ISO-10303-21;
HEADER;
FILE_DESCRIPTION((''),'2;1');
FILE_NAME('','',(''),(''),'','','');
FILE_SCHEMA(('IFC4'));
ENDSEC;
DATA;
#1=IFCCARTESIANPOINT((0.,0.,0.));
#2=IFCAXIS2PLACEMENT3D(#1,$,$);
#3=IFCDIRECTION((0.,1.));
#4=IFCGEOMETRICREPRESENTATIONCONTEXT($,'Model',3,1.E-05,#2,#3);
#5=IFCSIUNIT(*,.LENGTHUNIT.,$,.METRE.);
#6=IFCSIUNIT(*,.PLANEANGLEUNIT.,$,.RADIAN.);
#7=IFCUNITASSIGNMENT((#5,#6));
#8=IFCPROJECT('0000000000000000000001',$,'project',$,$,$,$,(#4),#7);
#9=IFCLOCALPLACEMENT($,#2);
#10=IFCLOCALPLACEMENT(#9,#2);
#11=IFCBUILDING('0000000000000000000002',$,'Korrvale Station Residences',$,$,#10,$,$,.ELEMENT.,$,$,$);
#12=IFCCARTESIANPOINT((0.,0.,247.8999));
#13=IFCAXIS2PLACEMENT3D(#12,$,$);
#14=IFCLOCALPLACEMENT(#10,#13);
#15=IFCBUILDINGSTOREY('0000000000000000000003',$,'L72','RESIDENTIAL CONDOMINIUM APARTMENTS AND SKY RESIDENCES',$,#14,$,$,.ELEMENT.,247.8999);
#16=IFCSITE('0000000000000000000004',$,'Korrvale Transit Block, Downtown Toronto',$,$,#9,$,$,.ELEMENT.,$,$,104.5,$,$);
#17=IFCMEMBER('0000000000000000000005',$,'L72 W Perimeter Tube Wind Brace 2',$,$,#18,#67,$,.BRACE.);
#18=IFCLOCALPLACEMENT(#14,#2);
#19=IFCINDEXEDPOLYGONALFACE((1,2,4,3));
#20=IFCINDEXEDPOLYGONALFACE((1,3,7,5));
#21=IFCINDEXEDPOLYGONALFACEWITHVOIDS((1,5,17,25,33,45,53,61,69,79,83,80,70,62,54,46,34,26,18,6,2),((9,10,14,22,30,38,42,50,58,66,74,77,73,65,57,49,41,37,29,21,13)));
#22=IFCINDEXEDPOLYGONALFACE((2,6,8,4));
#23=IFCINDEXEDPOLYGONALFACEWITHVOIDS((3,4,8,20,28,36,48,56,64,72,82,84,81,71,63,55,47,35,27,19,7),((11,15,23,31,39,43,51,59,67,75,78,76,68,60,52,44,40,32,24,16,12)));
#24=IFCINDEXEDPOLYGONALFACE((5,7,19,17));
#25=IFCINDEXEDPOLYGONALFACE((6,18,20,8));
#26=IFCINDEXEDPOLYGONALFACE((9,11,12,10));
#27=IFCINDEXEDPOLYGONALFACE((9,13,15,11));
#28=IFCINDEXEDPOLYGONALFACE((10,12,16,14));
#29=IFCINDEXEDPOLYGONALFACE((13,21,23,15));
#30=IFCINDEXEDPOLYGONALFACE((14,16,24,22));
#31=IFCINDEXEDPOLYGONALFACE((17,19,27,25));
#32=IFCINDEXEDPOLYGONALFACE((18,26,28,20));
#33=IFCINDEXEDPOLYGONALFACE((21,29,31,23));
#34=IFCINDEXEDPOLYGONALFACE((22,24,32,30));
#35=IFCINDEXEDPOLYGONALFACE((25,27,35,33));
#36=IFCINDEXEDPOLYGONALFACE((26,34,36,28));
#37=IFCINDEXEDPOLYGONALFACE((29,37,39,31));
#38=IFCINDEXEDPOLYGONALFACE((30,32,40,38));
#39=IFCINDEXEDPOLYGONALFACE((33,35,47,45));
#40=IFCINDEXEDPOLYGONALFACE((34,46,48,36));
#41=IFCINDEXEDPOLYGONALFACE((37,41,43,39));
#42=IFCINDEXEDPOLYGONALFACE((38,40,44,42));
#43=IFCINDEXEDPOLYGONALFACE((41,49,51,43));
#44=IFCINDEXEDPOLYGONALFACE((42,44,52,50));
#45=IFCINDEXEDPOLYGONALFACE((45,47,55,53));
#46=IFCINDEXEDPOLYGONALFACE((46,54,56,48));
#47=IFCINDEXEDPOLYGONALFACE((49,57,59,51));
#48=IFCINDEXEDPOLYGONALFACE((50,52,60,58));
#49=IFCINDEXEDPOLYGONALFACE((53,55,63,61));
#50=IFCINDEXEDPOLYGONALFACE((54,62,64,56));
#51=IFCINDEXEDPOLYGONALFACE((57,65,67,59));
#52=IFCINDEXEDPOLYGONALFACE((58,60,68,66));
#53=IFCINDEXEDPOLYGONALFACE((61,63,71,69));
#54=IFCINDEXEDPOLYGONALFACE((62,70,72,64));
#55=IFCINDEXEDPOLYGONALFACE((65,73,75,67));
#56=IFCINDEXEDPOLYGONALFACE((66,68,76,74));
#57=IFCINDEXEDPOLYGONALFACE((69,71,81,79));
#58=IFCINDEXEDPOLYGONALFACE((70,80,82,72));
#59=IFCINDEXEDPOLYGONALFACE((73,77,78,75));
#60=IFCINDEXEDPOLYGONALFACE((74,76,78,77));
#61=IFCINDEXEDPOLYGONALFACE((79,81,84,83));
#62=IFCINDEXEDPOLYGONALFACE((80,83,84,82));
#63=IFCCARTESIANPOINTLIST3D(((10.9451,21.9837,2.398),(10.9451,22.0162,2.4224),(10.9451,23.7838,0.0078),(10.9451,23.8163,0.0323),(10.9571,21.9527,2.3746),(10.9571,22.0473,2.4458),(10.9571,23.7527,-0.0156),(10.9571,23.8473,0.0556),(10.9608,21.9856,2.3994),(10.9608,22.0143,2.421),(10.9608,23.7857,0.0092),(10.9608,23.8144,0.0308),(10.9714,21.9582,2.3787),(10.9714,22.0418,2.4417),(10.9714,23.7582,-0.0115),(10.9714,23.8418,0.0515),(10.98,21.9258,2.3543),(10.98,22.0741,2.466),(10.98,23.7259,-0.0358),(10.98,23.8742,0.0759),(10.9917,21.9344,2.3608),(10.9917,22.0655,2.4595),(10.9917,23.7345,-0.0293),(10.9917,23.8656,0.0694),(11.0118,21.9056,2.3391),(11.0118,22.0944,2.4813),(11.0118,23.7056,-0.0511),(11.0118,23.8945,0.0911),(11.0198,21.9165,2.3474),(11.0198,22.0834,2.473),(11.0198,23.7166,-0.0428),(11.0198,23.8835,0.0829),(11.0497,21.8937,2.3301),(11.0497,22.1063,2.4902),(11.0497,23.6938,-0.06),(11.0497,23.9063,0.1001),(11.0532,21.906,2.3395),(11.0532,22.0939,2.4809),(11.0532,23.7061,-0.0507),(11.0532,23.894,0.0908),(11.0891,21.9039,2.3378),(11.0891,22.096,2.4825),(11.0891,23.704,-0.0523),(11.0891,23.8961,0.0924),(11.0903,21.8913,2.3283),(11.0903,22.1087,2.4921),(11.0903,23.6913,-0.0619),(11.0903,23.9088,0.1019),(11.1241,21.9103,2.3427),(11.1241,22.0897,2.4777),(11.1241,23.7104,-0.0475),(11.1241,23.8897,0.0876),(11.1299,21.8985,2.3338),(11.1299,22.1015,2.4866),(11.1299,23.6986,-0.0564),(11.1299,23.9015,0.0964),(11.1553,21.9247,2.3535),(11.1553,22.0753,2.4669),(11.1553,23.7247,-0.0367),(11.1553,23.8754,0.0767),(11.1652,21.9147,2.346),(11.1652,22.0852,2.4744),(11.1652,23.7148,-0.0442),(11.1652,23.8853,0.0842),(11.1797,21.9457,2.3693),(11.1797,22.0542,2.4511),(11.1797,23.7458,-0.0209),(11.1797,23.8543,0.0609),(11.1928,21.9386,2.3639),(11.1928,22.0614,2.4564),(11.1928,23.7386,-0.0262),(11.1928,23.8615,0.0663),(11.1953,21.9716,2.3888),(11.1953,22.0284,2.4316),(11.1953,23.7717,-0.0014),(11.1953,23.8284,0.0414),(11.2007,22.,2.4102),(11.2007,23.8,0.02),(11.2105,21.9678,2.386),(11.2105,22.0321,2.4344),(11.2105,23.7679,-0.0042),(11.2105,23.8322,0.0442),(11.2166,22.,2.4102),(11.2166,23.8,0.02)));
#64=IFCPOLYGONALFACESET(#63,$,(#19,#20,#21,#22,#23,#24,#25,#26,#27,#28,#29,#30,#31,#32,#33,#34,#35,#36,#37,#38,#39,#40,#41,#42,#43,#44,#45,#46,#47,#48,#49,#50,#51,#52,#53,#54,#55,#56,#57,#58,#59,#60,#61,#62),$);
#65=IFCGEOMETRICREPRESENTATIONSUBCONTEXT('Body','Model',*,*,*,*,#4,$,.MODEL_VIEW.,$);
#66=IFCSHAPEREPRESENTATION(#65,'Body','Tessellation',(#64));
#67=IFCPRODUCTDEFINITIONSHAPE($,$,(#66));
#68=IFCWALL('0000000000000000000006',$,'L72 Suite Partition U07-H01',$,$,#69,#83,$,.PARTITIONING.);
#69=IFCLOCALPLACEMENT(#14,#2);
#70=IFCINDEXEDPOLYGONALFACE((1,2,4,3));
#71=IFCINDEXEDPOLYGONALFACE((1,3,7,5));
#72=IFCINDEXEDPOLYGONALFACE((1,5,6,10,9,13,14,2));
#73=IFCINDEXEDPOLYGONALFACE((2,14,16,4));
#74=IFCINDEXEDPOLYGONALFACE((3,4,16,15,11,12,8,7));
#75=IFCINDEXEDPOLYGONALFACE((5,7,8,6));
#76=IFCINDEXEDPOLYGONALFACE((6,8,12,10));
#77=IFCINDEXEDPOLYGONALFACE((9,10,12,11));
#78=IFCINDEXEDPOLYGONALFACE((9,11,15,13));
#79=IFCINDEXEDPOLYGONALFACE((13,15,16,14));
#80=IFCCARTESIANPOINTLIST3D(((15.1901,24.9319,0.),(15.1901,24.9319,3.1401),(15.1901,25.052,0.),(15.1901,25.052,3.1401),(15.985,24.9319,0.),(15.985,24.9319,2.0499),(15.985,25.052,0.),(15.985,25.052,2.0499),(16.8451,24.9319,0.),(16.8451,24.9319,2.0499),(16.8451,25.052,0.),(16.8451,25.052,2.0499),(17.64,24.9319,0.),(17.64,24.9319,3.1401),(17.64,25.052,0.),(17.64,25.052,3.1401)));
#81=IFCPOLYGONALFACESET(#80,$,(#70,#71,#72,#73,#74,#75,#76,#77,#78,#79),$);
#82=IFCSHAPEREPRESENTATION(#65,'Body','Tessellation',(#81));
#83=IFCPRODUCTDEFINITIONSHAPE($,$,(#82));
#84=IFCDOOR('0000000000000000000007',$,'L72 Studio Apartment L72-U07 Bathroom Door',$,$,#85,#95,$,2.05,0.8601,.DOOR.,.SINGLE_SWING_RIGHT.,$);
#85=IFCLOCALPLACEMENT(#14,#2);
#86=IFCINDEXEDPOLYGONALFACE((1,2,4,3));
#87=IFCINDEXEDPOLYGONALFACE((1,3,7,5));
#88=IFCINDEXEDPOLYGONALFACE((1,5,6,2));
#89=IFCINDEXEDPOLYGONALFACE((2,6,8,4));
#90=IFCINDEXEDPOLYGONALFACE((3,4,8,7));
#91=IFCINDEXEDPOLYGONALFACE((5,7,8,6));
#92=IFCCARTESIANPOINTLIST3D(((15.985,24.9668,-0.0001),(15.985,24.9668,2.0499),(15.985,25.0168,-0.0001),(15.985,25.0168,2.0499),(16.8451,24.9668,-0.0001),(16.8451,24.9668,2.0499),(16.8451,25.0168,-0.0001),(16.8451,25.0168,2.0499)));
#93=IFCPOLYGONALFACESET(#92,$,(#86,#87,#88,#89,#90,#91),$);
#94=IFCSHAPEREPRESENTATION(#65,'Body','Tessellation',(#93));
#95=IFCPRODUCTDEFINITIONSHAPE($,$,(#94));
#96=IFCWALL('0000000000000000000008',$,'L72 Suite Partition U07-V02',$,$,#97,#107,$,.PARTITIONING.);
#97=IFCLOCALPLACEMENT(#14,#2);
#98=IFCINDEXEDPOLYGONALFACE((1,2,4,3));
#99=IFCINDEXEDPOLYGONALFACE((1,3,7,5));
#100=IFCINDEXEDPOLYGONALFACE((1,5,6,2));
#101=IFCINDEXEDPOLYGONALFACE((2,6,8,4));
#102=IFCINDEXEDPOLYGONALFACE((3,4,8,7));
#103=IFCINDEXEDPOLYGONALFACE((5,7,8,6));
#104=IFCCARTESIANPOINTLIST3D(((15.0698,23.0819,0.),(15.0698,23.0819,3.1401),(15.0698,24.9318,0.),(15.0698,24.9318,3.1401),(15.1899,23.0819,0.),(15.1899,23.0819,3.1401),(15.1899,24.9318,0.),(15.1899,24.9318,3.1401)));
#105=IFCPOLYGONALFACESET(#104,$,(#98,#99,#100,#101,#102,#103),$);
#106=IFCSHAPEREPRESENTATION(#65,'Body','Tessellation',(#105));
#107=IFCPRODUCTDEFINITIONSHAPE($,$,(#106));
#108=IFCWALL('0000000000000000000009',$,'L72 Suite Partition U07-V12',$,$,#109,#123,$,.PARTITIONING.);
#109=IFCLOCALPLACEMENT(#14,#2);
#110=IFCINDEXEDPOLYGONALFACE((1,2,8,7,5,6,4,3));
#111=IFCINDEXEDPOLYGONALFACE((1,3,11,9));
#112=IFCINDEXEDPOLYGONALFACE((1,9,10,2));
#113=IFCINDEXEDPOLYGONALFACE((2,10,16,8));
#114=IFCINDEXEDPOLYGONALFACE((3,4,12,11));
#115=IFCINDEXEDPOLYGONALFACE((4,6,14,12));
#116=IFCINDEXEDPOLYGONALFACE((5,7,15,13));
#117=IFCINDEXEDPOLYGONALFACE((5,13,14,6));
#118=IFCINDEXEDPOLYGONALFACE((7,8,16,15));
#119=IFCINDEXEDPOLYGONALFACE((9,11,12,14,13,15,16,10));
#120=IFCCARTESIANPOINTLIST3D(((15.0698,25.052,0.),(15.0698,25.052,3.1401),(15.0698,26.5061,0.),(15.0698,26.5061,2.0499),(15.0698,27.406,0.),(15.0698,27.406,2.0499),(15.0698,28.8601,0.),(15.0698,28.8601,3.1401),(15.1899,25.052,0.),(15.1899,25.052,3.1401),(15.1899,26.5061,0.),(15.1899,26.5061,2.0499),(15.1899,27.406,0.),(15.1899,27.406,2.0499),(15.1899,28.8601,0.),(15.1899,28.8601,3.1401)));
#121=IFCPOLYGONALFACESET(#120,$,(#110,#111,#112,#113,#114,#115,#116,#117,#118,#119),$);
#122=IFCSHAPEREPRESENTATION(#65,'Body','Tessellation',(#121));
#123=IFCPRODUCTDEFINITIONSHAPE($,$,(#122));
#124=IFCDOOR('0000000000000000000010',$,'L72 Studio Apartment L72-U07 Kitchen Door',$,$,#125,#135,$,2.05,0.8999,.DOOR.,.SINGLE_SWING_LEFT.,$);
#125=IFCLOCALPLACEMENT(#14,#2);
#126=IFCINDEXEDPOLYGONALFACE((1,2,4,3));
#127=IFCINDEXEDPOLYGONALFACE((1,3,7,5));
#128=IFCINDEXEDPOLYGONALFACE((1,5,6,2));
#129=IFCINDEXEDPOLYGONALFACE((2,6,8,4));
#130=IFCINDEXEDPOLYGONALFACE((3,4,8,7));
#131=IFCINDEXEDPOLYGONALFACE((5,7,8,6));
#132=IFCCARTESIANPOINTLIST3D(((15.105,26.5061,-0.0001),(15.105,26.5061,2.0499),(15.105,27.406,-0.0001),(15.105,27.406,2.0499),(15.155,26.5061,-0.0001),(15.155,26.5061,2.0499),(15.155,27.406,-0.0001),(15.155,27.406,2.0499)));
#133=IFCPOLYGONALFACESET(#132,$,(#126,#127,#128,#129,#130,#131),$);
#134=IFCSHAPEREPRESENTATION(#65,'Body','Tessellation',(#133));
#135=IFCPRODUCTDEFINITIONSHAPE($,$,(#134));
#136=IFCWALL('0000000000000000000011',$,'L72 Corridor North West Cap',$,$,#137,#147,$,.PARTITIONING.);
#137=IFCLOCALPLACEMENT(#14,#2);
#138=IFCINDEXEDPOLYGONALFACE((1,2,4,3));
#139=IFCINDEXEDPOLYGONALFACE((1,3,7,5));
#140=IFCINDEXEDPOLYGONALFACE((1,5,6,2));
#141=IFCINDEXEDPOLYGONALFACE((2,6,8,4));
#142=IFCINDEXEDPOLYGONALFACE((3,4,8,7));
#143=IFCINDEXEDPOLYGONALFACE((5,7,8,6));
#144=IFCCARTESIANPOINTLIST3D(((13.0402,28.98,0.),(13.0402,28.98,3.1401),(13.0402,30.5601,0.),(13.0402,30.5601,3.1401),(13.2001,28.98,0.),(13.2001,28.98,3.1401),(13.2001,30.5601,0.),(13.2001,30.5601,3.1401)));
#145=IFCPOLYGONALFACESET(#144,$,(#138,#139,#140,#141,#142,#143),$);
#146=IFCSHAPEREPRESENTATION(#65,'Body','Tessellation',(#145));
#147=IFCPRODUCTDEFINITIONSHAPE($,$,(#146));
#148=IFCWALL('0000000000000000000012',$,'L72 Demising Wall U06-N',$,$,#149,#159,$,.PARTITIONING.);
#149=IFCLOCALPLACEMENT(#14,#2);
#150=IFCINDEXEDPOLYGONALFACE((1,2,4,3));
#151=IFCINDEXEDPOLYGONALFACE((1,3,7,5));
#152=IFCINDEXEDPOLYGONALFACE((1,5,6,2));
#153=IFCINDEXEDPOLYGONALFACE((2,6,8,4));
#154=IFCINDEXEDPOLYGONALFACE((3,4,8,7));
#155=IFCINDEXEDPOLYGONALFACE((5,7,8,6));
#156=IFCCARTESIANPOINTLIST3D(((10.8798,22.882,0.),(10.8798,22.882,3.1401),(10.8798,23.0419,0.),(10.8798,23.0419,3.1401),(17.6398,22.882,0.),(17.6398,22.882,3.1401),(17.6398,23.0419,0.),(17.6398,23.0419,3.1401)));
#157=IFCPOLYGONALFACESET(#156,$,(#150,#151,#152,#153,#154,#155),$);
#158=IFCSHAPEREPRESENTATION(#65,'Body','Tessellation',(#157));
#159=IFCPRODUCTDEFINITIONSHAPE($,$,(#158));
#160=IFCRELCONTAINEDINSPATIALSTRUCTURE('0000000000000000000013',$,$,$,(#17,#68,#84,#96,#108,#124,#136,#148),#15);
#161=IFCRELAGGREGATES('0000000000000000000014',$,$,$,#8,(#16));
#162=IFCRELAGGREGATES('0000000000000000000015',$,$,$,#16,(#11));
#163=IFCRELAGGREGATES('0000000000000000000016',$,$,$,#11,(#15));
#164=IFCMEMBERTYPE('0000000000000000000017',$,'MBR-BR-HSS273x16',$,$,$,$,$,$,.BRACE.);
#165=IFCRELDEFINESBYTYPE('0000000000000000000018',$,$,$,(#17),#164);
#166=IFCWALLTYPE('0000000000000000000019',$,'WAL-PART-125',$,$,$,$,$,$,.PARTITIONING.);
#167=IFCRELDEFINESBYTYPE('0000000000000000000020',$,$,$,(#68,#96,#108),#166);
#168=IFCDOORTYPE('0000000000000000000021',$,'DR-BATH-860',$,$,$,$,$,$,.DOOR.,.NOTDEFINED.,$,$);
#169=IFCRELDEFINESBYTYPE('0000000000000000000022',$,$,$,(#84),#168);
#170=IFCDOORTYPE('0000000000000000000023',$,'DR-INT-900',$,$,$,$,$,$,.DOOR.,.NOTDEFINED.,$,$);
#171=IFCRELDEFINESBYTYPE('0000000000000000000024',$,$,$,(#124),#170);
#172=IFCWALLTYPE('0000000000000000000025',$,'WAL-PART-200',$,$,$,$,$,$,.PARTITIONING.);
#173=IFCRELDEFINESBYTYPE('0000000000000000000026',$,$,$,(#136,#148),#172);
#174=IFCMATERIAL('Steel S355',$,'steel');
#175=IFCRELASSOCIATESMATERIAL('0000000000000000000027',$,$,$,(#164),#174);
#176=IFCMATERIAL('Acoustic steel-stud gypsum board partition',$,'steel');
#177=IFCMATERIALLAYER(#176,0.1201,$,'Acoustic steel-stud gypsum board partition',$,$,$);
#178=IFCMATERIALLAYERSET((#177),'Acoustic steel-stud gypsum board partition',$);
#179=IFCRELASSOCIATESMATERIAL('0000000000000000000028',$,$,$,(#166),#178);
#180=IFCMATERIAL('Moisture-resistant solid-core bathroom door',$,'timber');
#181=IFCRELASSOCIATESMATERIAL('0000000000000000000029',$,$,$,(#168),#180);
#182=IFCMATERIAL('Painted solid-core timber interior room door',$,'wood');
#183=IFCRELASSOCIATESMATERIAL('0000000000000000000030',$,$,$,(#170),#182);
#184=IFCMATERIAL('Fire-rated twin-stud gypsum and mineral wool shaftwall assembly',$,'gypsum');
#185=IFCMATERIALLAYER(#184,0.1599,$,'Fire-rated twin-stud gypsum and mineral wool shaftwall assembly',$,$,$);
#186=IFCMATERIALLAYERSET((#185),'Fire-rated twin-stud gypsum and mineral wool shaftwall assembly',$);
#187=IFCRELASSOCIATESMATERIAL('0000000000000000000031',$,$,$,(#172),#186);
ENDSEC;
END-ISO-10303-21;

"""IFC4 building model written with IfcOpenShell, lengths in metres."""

from ifc_helpers import new_model, si_unit, direction, frame, frame_2d, origin, origin_2d, place, context, subcontext, project, spatial, rectangle, hollow_circle, extrude, material, layer, layer_set, material_profile, profile_set, type_object, element, fill, save


model = new_model("IFC4")

# Units and contexts
model_context = context("Model", 3, precision=1e-05, world=origin(), true_north=direction((0.0, 1.0)))
body_context = subcontext(model_context, "Body", "Model", "MODEL_VIEW")
ifc_project = project(units=[si_unit("LENGTHUNIT", "METRE"), si_unit("PLANEANGLEUNIT", "RADIAN")], contexts=[model_context])

# Site, building, storey
site_placement = place(None, origin())
site = spatial("IfcSite", under=ifc_project, at=site_placement, Name="Korrvale Transit Block, Downtown Toronto", CompositionType="ELEMENT", RefElevation=104.5)
building_placement = place(site_placement, origin())
building = spatial("IfcBuilding", under=site, at=building_placement, Name="Korrvale Station Residences", CompositionType="ELEMENT")
storey_placement = place(building_placement, frame((0.0, 0.0, 247.8999)))
storey = spatial("IfcBuildingStorey", under=building, at=storey_placement, Name="L72", Description="RESIDENTIAL CONDOMINIUM APARTMENTS AND SKY RESIDENCES", CompositionType="ELEMENT", Elevation=247.8999)

# Shared definitions
ifc_material_1 = material(Name="Steel S355", Category="steel")

# Member
ifc_material_profile_1 = material_profile(ifc_material_1, hollow_circle(Radius=0.1365, WallThickness=0.0159, at=origin_2d()), Name="HSS273x16")
ifc_profile_set_1 = profile_set([ifc_material_profile_1], Name="Steel S355")
member_type = type_object("IfcMemberType", Name="MBR-BR-HSS273x16", PredefinedType="BRACE", material=ifc_profile_set_1)
member_placement = place(storey_placement, frame((11.0801, 23.8, 0.02), z_axis=(0.0, -0.601592, 0.798804), x_axis=(1.0, 0.0, 0.0)))
element("IfcMember", 1, at=member_placement, inside=storey, type_object=member_type, Name="L72 W Perimeter Tube Wind Brace 2", PredefinedType="BRACE", context=body_context, shape_type="SweptSolid", body=[
    extrude(hollow_circle(Radius=0.1365, WallThickness=0.0159, at=origin_2d()), origin(), (0.0, 0.0, 1.0), 2.9922),
])

# Wall, opening, door
ifc_material_2 = material(Name="Acoustic steel-stud gypsum board partition", Category="steel")
ifc_layer_1 = layer(ifc_material_2, 0.1201, Name="Acoustic steel-stud gypsum board partition")
ifc_layer_set_1 = layer_set([ifc_layer_1], Name="Acoustic steel-stud gypsum board partition")
wall_type_1 = type_object("IfcWallType", Name="WAL-PART-125", PredefinedType="PARTITIONING", material=ifc_layer_set_1)
wall_1_placement = place(storey_placement, frame((15.1899, 24.9919, 0.0), z_axis=(0.0, 0.0, 1.0), x_axis=(1.0, 0.0, 0.0)))
wall_1 = element("IfcWall", 2, at=wall_1_placement, inside=storey, type_object=wall_type_1, Name="L72 Suite Partition U07-H01", PredefinedType="PARTITIONING", context=body_context, shape_type="SweptSolid", body=[
    extrude(rectangle(XDim=2.45, YDim=0.1201, at=frame_2d((1.2251, 0.0))), origin(), (0.0, 0.0, 1.0), 3.1401),
])
opening_1_placement = place(wall_1_placement, frame((0.7949, 0.0, 0.0)))
opening_1 = element("IfcOpeningElement", 3, at=opening_1_placement, cuts=wall_1, PredefinedType="OPENING", context=body_context, shape_type="SweptSolid", body=[
    extrude(rectangle(XDim=0.8601, YDim=2.05, at=frame_2d((0.4302, 1.0249))), frame((0.0, 0.0701, 0.0), z_axis=(0.0, -1.0, 0.0), x_axis=(1.0, 0.0, 0.0)), (0.0, 0.0, 1.0), 0.1401),
])
ifc_material_3 = material(Name="Moisture-resistant solid-core bathroom door", Category="timber")
door_type_1 = type_object("IfcDoorType", Name="DR-BATH-860", OperationType="NOTDEFINED", PredefinedType="DOOR", material=ifc_material_3)
door_1_placement = place(opening_1_placement, origin())
door_1 = element("IfcDoor", 4, at=door_1_placement, inside=storey, type_object=door_type_1, Name="L72 Studio Apartment L72-U07 Bathroom Door", OperationType="SINGLE_SWING_RIGHT", OverallHeight=2.05, OverallWidth=0.8601, PredefinedType="DOOR", context=body_context, shape_type="SweptSolid", body=[
    extrude(rectangle(XDim=0.8601, YDim=2.05, at=frame_2d((0.4302, 1.0249))), frame((0.0, 0.0249, 0.0), z_axis=(0.0, -1.0, 0.0), x_axis=(1.0, 0.0, 0.0)), (0.0, 0.0, 1.0), 0.05),
])
fill(opening_1, door_1)

# Wall
wall_2_placement = place(storey_placement, frame((15.1299, 23.082, 0.0), z_axis=(0.0, 0.0, 1.0), x_axis=(0.0, 1.0, 0.0)))
element("IfcWall", 5, at=wall_2_placement, inside=storey, type_object=wall_type_1, Name="L72 Suite Partition U07-V02", PredefinedType="PARTITIONING", context=body_context, shape_type="SweptSolid", body=[
    extrude(rectangle(XDim=1.8499, YDim=0.1201, at=frame_2d((0.9248, 0.0))), origin(), (0.0, 0.0, 1.0), 3.1401),
])

# Wall, opening, door
wall_3_placement = place(storey_placement, frame((15.1299, 25.052, 0.0), z_axis=(0.0, 0.0, 1.0), x_axis=(0.0, 1.0, 0.0)))
wall_3 = element("IfcWall", 6, at=wall_3_placement, inside=storey, type_object=wall_type_1, Name="L72 Suite Partition U07-V12", PredefinedType="PARTITIONING", context=body_context, shape_type="SweptSolid", body=[
    extrude(rectangle(XDim=3.8081, YDim=0.1201, at=frame_2d((1.9041, 0.0))), origin(), (0.0, 0.0, 1.0), 3.1401),
])
opening_2_placement = place(wall_3_placement, frame((1.4541, 0.0, 0.0)))
opening_2 = element("IfcOpeningElement", 7, at=opening_2_placement, cuts=wall_3, PredefinedType="OPENING", context=body_context, shape_type="SweptSolid", body=[
    extrude(rectangle(XDim=0.8999, YDim=2.05, at=frame_2d((0.45, 1.0249))), frame((0.0, 0.0701, 0.0), z_axis=(0.0, -1.0, 0.0), x_axis=(1.0, 0.0, 0.0)), (0.0, 0.0, 1.0), 0.1401),
])
ifc_material_4 = material(Name="Painted solid-core timber interior room door", Category="wood")
door_type_2 = type_object("IfcDoorType", Name="DR-INT-900", OperationType="NOTDEFINED", PredefinedType="DOOR", material=ifc_material_4)
door_2_placement = place(opening_2_placement, origin())
door_2 = element("IfcDoor", 8, at=door_2_placement, inside=storey, type_object=door_type_2, Name="L72 Studio Apartment L72-U07 Kitchen Door", OperationType="SINGLE_SWING_LEFT", OverallHeight=2.05, OverallWidth=0.8999, PredefinedType="DOOR", context=body_context, shape_type="SweptSolid", body=[
    extrude(rectangle(XDim=0.8999, YDim=2.05, at=frame_2d((0.45, 1.0249))), frame((0.0, 0.0249, 0.0), z_axis=(0.0, -1.0, 0.0), x_axis=(1.0, 0.0, 0.0)), (0.0, 0.0, 1.0), 0.05),
])
fill(opening_2, door_2)

# Walls
ifc_material_5 = material(Name="Fire-rated twin-stud gypsum and mineral wool shaftwall assembly", Category="gypsum")
ifc_layer_2 = layer(ifc_material_5, 0.1599, Name="Fire-rated twin-stud gypsum and mineral wool shaftwall assembly")
ifc_layer_set_2 = layer_set([ifc_layer_2], Name="Fire-rated twin-stud gypsum and mineral wool shaftwall assembly")
wall_type_2 = type_object("IfcWallType", Name="WAL-PART-200", PredefinedType="PARTITIONING", material=ifc_layer_set_2)
wall_4_placement = place(storey_placement, frame((13.1201, 28.98, 0.0), z_axis=(0.0, 0.0, 1.0), x_axis=(0.0, 1.0, 0.0)))
element("IfcWall", 9, at=wall_4_placement, inside=storey, type_object=wall_type_2, Name="L72 Corridor North West Cap", PredefinedType="PARTITIONING", context=body_context, shape_type="SweptSolid", body=[
    extrude(rectangle(XDim=1.5801, YDim=0.1599, at=frame_2d((0.79, 0.0))), origin(), (0.0, 0.0, 1.0), 3.1401),
])
wall_5_placement = place(storey_placement, frame((10.8799, 22.9619, 0.0), z_axis=(0.0, 0.0, 1.0), x_axis=(1.0, 0.0, 0.0)))
element("IfcWall", 10, at=wall_5_placement, inside=storey, type_object=wall_type_2, Name="L72 Demising Wall U06-N", PredefinedType="PARTITIONING", context=body_context, shape_type="SweptSolid", body=[
    extrude(rectangle(XDim=6.76, YDim=0.1599, at=frame_2d((3.3799, 0.0))), origin(), (0.0, 0.0, 1.0), 3.1401),
])

save(model, "model.ifc")
